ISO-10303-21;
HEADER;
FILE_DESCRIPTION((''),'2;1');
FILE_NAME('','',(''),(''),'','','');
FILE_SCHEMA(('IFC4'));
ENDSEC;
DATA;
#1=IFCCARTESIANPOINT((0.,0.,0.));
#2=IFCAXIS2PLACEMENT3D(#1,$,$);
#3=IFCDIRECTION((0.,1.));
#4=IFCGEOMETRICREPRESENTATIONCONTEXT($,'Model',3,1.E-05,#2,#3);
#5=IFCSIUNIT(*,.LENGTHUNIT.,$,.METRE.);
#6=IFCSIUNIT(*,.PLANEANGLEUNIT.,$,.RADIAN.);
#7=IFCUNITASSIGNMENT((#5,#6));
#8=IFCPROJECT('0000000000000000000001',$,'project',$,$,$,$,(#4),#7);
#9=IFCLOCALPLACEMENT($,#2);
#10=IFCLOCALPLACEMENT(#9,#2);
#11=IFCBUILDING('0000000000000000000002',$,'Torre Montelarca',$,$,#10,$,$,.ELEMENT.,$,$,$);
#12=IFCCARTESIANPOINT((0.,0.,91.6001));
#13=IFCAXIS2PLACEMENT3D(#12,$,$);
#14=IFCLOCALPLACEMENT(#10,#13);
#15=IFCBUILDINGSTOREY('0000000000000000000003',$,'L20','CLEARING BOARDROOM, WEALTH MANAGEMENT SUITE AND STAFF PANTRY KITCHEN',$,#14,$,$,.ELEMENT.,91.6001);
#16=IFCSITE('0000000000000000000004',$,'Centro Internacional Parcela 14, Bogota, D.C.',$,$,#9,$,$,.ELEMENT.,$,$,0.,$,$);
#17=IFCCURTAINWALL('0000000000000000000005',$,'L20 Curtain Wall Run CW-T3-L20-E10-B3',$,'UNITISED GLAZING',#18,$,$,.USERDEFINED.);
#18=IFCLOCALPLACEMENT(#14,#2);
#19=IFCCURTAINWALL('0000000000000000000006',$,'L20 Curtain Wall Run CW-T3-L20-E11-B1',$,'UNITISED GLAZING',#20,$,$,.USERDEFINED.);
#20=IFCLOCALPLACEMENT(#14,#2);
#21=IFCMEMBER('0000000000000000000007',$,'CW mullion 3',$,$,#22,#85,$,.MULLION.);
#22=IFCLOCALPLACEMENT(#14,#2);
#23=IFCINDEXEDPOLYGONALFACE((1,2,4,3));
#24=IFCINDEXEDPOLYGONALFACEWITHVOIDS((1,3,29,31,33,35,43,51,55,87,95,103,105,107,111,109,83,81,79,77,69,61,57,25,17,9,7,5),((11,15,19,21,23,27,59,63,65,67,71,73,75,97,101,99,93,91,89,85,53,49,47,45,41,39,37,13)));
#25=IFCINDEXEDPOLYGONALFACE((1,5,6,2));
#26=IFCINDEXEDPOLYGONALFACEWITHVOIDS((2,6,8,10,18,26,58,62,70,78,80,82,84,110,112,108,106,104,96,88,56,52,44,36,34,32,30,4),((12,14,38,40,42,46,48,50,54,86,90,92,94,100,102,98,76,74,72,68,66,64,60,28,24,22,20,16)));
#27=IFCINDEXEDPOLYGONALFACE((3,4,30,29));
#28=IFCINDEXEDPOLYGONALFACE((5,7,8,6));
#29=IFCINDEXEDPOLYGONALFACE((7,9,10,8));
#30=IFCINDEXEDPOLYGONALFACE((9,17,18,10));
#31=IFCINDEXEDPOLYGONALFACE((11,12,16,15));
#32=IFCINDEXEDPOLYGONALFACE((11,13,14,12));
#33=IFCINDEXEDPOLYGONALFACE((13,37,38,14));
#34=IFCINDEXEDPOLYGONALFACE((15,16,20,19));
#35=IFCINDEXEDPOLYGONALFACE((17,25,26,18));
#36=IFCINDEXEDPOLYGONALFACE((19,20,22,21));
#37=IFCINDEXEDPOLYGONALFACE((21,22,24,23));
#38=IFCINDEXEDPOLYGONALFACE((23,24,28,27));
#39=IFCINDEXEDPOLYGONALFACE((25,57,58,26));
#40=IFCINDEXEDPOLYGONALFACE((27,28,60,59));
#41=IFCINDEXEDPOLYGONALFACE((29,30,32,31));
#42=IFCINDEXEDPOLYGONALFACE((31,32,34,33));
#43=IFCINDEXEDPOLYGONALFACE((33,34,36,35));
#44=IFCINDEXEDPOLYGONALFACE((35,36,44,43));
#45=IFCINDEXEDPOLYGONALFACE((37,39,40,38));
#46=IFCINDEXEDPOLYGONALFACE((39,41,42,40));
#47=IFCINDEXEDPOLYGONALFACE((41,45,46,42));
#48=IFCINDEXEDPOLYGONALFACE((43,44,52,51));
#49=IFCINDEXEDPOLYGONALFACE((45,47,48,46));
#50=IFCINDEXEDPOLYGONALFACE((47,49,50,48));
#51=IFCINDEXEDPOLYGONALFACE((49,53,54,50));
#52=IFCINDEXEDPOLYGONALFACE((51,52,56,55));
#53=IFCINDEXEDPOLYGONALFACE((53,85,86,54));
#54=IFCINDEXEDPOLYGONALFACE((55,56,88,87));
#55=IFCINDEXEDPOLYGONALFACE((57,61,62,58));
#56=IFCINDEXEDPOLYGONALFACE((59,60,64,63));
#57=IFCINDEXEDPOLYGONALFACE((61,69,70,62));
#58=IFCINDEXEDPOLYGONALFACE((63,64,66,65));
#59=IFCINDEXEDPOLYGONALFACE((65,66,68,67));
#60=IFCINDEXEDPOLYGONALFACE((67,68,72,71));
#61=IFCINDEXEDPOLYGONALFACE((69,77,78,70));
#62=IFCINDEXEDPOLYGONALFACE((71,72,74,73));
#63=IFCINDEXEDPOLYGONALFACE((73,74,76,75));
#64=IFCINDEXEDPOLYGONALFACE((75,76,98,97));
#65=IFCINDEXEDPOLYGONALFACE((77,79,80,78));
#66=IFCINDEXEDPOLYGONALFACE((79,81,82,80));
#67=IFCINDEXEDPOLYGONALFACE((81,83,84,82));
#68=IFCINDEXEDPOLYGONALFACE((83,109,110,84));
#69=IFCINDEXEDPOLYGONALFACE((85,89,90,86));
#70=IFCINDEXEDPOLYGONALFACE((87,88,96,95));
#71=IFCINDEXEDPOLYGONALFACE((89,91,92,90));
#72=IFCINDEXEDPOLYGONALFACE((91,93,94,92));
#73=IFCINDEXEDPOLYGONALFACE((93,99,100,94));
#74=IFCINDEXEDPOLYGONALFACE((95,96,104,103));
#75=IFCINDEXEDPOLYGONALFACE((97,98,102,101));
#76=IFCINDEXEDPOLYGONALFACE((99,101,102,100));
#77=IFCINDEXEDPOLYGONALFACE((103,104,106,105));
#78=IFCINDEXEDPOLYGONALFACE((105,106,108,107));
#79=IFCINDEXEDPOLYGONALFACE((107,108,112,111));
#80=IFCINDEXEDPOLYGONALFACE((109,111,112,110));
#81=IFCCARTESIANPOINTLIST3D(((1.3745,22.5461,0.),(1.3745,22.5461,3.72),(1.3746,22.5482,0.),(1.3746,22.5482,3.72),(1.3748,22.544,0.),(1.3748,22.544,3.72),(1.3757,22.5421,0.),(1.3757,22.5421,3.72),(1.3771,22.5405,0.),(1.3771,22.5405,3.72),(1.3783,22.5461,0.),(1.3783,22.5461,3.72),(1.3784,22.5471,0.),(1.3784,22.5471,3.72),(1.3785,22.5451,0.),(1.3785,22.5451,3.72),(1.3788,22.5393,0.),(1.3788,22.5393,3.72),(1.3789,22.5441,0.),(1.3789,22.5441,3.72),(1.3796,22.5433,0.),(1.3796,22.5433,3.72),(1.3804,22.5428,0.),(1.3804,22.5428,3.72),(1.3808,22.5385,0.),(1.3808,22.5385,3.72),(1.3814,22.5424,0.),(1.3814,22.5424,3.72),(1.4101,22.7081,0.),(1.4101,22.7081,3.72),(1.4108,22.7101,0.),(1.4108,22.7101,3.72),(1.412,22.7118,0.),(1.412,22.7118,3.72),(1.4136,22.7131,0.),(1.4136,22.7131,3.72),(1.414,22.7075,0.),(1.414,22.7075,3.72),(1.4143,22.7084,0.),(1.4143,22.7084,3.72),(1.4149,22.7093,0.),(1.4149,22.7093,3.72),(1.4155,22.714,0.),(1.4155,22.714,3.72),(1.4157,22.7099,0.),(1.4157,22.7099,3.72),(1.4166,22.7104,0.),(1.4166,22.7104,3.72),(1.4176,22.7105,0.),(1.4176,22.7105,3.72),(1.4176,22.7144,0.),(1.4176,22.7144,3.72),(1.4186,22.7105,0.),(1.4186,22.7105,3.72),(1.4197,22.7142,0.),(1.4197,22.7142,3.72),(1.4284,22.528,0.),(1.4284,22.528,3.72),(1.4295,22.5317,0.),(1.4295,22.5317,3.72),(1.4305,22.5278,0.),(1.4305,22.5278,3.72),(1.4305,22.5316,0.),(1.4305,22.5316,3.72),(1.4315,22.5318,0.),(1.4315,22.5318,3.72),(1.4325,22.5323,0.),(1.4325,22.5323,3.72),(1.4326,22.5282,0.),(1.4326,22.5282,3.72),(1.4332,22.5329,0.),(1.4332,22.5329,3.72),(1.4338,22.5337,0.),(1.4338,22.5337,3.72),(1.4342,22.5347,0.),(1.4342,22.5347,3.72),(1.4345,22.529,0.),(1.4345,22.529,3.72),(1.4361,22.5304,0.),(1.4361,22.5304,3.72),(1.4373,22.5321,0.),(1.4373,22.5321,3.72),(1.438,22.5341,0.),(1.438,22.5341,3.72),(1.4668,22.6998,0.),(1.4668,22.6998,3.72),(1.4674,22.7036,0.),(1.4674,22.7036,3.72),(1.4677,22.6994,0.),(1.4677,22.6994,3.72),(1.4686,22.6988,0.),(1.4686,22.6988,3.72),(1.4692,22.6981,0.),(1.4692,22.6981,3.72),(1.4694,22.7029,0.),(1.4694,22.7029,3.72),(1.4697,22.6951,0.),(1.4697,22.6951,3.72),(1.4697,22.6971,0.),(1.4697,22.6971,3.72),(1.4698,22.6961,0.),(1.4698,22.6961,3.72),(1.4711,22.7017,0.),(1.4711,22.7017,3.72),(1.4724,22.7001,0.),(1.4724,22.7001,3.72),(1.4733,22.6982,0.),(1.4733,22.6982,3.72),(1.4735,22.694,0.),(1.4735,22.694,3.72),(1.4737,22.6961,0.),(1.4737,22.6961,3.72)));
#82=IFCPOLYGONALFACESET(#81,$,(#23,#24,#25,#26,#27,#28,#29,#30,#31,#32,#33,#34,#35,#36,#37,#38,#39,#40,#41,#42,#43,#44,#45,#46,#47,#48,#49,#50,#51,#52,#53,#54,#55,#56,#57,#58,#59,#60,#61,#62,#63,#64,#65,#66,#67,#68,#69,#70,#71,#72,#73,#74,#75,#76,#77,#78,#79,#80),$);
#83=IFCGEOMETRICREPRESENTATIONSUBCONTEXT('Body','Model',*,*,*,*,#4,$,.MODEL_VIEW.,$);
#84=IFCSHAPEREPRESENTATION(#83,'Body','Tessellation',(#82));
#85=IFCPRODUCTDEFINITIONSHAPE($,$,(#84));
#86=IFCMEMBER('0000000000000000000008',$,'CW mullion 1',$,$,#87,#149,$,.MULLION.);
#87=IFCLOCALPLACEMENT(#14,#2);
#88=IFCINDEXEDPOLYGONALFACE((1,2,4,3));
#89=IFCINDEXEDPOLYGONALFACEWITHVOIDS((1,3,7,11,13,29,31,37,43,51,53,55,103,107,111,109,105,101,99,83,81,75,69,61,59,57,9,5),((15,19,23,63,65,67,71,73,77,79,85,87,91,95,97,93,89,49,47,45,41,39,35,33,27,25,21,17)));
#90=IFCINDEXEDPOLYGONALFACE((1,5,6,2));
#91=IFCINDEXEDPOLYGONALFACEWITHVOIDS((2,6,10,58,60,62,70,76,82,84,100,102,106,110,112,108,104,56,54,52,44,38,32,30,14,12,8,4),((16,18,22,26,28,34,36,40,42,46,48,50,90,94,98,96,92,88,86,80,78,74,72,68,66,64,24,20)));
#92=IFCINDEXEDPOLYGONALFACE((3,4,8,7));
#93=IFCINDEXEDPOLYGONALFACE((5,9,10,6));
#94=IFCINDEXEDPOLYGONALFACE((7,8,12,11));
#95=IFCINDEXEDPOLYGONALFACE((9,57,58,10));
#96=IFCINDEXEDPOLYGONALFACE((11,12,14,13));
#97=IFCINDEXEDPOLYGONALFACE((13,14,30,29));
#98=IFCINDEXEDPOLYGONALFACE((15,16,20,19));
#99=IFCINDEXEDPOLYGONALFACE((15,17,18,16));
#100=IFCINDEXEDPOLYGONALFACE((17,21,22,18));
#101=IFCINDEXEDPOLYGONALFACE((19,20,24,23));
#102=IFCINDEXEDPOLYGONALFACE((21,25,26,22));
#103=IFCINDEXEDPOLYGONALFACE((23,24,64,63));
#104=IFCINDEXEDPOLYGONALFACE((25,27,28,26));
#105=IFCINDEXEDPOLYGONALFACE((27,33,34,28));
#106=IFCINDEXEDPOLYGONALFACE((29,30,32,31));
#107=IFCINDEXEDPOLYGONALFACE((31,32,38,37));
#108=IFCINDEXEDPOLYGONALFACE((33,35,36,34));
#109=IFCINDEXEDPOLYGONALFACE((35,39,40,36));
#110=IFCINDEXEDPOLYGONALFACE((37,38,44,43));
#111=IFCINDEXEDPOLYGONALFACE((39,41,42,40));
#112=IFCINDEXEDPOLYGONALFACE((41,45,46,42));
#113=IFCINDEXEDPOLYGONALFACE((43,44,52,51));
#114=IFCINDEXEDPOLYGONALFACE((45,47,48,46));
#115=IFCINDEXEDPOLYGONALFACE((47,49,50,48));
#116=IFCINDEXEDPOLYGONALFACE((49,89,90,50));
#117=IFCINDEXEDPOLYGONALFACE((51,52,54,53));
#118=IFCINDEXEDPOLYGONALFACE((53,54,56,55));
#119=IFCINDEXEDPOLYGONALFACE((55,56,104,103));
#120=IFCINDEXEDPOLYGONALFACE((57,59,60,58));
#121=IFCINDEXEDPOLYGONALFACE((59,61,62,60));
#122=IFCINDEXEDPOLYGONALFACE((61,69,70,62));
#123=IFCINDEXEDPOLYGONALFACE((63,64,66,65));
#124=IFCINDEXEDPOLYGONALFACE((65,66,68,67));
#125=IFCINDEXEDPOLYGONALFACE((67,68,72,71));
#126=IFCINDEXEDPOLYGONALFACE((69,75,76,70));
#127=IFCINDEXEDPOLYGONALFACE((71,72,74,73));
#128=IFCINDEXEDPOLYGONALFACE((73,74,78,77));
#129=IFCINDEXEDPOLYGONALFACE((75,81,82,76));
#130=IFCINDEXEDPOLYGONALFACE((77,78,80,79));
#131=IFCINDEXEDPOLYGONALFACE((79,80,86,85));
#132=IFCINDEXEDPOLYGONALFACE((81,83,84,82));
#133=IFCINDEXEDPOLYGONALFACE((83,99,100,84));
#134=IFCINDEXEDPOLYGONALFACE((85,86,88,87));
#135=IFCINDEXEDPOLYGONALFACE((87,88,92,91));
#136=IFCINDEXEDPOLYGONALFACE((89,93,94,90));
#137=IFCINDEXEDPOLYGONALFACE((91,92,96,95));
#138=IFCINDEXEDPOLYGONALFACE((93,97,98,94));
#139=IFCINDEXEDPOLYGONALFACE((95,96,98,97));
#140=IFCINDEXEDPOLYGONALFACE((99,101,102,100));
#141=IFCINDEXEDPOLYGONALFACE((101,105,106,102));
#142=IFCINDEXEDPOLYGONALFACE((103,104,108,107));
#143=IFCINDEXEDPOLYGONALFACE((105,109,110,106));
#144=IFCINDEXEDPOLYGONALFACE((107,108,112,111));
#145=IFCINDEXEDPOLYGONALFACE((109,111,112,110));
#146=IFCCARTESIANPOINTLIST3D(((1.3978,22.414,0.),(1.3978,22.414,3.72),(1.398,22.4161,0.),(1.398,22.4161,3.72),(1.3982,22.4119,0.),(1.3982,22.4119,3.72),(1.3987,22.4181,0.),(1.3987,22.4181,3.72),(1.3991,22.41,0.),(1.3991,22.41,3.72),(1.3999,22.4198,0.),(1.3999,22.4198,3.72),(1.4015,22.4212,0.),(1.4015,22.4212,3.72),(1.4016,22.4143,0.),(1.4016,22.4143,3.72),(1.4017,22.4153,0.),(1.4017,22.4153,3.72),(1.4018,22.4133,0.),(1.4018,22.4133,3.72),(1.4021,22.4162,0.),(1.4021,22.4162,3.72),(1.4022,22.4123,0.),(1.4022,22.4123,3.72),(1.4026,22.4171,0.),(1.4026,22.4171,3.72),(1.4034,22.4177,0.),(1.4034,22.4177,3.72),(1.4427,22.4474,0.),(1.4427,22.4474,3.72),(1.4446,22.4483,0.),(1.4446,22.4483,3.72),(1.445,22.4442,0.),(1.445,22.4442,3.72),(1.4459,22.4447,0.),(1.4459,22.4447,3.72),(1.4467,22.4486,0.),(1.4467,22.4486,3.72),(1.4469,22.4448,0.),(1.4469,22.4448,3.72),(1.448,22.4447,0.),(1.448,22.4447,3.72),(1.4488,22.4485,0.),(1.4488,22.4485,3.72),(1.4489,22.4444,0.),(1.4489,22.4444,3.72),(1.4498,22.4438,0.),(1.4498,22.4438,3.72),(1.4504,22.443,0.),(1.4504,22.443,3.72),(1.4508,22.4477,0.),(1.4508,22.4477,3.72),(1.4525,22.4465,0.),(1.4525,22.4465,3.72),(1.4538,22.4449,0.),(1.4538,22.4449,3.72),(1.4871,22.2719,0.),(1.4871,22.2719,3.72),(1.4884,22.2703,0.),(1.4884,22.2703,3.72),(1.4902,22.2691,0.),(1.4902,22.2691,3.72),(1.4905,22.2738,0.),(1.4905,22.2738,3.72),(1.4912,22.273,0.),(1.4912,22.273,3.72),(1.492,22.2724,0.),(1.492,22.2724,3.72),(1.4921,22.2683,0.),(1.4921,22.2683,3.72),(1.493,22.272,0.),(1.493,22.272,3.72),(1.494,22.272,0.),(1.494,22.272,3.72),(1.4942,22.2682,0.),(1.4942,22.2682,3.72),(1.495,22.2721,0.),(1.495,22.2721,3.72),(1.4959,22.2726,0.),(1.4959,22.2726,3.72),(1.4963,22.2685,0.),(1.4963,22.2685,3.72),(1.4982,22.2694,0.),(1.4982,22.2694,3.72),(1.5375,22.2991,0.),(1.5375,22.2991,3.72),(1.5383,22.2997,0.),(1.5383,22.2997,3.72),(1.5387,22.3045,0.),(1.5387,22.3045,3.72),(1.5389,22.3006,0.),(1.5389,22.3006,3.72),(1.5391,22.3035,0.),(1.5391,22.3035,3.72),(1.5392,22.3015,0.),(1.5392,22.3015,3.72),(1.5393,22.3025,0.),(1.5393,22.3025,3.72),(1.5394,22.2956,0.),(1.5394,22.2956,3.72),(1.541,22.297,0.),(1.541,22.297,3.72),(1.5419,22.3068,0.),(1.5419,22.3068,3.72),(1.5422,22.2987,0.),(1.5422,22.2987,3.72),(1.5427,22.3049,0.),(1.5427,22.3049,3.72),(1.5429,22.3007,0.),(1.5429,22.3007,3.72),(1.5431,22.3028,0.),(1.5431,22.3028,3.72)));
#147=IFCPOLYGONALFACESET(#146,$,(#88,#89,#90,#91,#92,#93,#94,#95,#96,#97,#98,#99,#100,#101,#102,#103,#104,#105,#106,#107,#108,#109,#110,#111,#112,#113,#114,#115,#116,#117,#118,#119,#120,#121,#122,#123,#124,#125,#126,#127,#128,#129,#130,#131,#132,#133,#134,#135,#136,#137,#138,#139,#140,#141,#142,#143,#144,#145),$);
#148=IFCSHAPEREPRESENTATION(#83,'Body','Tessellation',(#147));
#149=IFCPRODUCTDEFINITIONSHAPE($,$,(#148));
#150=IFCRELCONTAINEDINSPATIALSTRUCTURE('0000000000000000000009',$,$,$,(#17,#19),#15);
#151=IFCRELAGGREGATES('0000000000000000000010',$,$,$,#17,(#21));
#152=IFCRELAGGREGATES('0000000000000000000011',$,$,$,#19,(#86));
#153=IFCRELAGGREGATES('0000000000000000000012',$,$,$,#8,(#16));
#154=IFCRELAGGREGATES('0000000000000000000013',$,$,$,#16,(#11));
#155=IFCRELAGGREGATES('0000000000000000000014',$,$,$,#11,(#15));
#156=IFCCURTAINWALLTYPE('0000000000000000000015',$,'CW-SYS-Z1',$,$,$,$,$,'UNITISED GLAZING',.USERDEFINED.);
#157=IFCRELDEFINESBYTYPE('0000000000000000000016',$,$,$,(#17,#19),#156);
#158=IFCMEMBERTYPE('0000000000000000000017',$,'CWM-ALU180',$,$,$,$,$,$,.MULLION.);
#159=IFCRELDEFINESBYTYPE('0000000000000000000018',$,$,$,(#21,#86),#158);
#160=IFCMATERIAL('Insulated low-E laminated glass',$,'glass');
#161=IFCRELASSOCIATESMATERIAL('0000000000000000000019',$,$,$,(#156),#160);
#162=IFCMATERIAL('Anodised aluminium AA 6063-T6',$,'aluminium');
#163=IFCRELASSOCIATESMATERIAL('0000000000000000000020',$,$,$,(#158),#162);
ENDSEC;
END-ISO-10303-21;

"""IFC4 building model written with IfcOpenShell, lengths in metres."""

from ifc_helpers import new_model, si_unit, direction, frame, origin, origin_2d, place, context, subcontext, project, spatial, hollow_rectangle, extrude, source, transform, mapped, material, material_profile, profile_set, type_object, element, aggregate, save


model = new_model("IFC4")

# Units and contexts
model_context = context("Model", 3, precision=1e-05, world=origin(), true_north=direction((0.0, 1.0)))
body_context = subcontext(model_context, "Body", "Model", "MODEL_VIEW")
ifc_project = project(units=[si_unit("LENGTHUNIT", "METRE"), si_unit("PLANEANGLEUNIT", "RADIAN")], contexts=[model_context])

# Site, building, storey
site_placement = place(None, origin())
site = spatial("IfcSite", under=ifc_project, at=site_placement, Name="Centro Internacional Parcela 14, Bogota, D.C.", CompositionType="ELEMENT", RefElevation=0.0)
building_placement = place(site_placement, origin())
building = spatial("IfcBuilding", under=site, at=building_placement, Name="Torre Montelarca", CompositionType="ELEMENT")
storey_placement = place(building_placement, frame((0.0, 0.0, 91.6001)))
storey = spatial("IfcBuildingStorey", under=building, at=storey_placement, Name="L20", Description="CLEARING BOARDROOM, WEALTH MANAGEMENT SUITE AND STAFF PANTRY KITCHEN", CompositionType="ELEMENT", Elevation=91.6001)

# Curtain walls
ifc_material_1 = material(Name="Insulated low-E laminated glass", Category="glass")
curtain_wall_type = type_object("IfcCurtainWallType", Name="CW-SYS-Z1", ElementType="UNITISED GLAZING", PredefinedType="USERDEFINED", material=ifc_material_1)
curtain_wall_1_placement = place(storey_placement, origin())
curtain_wall_1 = element("IfcCurtainWall", 1, at=curtain_wall_1_placement, inside=storey, type_object=curtain_wall_type, Name="L20 Curtain Wall Run CW-T3-L20-E10-B3", ObjectType="UNITISED GLAZING", PredefinedType="USERDEFINED")
ifc_material_2 = material(Name="Anodised aluminium AA 6063-T6", Category="aluminium")
curtain_wall_2_placement = place(storey_placement, origin())
curtain_wall_2 = element("IfcCurtainWall", 2, at=curtain_wall_2_placement, inside=storey, type_object=curtain_wall_type, Name="L20 Curtain Wall Run CW-T3-L20-E11-B1", ObjectType="UNITISED GLAZING", PredefinedType="USERDEFINED")

# Members
ifc_material_profile_1 = material_profile(ifc_material_2, hollow_rectangle(XDim=0.0649, YDim=0.1799, WallThickness=0.0039, InnerFilletRadius=0.0039, OuterFilletRadius=0.0081, at=origin_2d()), Name="ALU65X180X4", Category="aluminium")
ifc_profile_set_1 = profile_set([ifc_material_profile_1], Name="Anodised aluminium AA 6063-T6")
member_type_1 = type_object("IfcMemberType", Name="CWM-ALU180", PredefinedType="MULLION", material=ifc_profile_set_1)
shared_shape_1 = source(origin(), body_context, "Body", "SweptSolid", [
    extrude(hollow_rectangle(XDim=0.0649, YDim=0.1799, WallThickness=0.0039, InnerFilletRadius=0.0039, OuterFilletRadius=0.0081, at=origin_2d()), origin(), (0.0, 0.0, 1.0), 3.72),
])
member_1_placement = place(storey_placement, frame((1.4241, 22.6211, 0.0), z_axis=(0.0, 0.0, 1.0), x_axis=(0.976292, -0.216458, 0.0)))
member_1 = element("IfcMember", 3, at=member_1_placement, type_object=member_type_1, Name="CW mullion 3", PredefinedType="MULLION", context=body_context, shape_type="MappedRepresentation", body=[
    mapped(shared_shape_1, transform((0.0, 0.0, 0.0), scale=1.0)),
])
member_2_placement = place(storey_placement, frame((1.4705, 22.3584, 0.0), z_axis=(0.0, 0.0, 1.0), x_axis=(0.843382, 0.537314, 0.0)))
member_2 = element("IfcMember", 4, at=member_2_placement, type_object=member_type_1, Name="CW mullion 1", PredefinedType="MULLION", context=body_context, shape_type="MappedRepresentation", body=[
    mapped(shared_shape_1, transform((0.0, 0.0, 0.0), scale=1.0)),
])

aggregate(curtain_wall_1, [member_1])
aggregate(curtain_wall_2, [member_2])

save(model, "model.ifc")
